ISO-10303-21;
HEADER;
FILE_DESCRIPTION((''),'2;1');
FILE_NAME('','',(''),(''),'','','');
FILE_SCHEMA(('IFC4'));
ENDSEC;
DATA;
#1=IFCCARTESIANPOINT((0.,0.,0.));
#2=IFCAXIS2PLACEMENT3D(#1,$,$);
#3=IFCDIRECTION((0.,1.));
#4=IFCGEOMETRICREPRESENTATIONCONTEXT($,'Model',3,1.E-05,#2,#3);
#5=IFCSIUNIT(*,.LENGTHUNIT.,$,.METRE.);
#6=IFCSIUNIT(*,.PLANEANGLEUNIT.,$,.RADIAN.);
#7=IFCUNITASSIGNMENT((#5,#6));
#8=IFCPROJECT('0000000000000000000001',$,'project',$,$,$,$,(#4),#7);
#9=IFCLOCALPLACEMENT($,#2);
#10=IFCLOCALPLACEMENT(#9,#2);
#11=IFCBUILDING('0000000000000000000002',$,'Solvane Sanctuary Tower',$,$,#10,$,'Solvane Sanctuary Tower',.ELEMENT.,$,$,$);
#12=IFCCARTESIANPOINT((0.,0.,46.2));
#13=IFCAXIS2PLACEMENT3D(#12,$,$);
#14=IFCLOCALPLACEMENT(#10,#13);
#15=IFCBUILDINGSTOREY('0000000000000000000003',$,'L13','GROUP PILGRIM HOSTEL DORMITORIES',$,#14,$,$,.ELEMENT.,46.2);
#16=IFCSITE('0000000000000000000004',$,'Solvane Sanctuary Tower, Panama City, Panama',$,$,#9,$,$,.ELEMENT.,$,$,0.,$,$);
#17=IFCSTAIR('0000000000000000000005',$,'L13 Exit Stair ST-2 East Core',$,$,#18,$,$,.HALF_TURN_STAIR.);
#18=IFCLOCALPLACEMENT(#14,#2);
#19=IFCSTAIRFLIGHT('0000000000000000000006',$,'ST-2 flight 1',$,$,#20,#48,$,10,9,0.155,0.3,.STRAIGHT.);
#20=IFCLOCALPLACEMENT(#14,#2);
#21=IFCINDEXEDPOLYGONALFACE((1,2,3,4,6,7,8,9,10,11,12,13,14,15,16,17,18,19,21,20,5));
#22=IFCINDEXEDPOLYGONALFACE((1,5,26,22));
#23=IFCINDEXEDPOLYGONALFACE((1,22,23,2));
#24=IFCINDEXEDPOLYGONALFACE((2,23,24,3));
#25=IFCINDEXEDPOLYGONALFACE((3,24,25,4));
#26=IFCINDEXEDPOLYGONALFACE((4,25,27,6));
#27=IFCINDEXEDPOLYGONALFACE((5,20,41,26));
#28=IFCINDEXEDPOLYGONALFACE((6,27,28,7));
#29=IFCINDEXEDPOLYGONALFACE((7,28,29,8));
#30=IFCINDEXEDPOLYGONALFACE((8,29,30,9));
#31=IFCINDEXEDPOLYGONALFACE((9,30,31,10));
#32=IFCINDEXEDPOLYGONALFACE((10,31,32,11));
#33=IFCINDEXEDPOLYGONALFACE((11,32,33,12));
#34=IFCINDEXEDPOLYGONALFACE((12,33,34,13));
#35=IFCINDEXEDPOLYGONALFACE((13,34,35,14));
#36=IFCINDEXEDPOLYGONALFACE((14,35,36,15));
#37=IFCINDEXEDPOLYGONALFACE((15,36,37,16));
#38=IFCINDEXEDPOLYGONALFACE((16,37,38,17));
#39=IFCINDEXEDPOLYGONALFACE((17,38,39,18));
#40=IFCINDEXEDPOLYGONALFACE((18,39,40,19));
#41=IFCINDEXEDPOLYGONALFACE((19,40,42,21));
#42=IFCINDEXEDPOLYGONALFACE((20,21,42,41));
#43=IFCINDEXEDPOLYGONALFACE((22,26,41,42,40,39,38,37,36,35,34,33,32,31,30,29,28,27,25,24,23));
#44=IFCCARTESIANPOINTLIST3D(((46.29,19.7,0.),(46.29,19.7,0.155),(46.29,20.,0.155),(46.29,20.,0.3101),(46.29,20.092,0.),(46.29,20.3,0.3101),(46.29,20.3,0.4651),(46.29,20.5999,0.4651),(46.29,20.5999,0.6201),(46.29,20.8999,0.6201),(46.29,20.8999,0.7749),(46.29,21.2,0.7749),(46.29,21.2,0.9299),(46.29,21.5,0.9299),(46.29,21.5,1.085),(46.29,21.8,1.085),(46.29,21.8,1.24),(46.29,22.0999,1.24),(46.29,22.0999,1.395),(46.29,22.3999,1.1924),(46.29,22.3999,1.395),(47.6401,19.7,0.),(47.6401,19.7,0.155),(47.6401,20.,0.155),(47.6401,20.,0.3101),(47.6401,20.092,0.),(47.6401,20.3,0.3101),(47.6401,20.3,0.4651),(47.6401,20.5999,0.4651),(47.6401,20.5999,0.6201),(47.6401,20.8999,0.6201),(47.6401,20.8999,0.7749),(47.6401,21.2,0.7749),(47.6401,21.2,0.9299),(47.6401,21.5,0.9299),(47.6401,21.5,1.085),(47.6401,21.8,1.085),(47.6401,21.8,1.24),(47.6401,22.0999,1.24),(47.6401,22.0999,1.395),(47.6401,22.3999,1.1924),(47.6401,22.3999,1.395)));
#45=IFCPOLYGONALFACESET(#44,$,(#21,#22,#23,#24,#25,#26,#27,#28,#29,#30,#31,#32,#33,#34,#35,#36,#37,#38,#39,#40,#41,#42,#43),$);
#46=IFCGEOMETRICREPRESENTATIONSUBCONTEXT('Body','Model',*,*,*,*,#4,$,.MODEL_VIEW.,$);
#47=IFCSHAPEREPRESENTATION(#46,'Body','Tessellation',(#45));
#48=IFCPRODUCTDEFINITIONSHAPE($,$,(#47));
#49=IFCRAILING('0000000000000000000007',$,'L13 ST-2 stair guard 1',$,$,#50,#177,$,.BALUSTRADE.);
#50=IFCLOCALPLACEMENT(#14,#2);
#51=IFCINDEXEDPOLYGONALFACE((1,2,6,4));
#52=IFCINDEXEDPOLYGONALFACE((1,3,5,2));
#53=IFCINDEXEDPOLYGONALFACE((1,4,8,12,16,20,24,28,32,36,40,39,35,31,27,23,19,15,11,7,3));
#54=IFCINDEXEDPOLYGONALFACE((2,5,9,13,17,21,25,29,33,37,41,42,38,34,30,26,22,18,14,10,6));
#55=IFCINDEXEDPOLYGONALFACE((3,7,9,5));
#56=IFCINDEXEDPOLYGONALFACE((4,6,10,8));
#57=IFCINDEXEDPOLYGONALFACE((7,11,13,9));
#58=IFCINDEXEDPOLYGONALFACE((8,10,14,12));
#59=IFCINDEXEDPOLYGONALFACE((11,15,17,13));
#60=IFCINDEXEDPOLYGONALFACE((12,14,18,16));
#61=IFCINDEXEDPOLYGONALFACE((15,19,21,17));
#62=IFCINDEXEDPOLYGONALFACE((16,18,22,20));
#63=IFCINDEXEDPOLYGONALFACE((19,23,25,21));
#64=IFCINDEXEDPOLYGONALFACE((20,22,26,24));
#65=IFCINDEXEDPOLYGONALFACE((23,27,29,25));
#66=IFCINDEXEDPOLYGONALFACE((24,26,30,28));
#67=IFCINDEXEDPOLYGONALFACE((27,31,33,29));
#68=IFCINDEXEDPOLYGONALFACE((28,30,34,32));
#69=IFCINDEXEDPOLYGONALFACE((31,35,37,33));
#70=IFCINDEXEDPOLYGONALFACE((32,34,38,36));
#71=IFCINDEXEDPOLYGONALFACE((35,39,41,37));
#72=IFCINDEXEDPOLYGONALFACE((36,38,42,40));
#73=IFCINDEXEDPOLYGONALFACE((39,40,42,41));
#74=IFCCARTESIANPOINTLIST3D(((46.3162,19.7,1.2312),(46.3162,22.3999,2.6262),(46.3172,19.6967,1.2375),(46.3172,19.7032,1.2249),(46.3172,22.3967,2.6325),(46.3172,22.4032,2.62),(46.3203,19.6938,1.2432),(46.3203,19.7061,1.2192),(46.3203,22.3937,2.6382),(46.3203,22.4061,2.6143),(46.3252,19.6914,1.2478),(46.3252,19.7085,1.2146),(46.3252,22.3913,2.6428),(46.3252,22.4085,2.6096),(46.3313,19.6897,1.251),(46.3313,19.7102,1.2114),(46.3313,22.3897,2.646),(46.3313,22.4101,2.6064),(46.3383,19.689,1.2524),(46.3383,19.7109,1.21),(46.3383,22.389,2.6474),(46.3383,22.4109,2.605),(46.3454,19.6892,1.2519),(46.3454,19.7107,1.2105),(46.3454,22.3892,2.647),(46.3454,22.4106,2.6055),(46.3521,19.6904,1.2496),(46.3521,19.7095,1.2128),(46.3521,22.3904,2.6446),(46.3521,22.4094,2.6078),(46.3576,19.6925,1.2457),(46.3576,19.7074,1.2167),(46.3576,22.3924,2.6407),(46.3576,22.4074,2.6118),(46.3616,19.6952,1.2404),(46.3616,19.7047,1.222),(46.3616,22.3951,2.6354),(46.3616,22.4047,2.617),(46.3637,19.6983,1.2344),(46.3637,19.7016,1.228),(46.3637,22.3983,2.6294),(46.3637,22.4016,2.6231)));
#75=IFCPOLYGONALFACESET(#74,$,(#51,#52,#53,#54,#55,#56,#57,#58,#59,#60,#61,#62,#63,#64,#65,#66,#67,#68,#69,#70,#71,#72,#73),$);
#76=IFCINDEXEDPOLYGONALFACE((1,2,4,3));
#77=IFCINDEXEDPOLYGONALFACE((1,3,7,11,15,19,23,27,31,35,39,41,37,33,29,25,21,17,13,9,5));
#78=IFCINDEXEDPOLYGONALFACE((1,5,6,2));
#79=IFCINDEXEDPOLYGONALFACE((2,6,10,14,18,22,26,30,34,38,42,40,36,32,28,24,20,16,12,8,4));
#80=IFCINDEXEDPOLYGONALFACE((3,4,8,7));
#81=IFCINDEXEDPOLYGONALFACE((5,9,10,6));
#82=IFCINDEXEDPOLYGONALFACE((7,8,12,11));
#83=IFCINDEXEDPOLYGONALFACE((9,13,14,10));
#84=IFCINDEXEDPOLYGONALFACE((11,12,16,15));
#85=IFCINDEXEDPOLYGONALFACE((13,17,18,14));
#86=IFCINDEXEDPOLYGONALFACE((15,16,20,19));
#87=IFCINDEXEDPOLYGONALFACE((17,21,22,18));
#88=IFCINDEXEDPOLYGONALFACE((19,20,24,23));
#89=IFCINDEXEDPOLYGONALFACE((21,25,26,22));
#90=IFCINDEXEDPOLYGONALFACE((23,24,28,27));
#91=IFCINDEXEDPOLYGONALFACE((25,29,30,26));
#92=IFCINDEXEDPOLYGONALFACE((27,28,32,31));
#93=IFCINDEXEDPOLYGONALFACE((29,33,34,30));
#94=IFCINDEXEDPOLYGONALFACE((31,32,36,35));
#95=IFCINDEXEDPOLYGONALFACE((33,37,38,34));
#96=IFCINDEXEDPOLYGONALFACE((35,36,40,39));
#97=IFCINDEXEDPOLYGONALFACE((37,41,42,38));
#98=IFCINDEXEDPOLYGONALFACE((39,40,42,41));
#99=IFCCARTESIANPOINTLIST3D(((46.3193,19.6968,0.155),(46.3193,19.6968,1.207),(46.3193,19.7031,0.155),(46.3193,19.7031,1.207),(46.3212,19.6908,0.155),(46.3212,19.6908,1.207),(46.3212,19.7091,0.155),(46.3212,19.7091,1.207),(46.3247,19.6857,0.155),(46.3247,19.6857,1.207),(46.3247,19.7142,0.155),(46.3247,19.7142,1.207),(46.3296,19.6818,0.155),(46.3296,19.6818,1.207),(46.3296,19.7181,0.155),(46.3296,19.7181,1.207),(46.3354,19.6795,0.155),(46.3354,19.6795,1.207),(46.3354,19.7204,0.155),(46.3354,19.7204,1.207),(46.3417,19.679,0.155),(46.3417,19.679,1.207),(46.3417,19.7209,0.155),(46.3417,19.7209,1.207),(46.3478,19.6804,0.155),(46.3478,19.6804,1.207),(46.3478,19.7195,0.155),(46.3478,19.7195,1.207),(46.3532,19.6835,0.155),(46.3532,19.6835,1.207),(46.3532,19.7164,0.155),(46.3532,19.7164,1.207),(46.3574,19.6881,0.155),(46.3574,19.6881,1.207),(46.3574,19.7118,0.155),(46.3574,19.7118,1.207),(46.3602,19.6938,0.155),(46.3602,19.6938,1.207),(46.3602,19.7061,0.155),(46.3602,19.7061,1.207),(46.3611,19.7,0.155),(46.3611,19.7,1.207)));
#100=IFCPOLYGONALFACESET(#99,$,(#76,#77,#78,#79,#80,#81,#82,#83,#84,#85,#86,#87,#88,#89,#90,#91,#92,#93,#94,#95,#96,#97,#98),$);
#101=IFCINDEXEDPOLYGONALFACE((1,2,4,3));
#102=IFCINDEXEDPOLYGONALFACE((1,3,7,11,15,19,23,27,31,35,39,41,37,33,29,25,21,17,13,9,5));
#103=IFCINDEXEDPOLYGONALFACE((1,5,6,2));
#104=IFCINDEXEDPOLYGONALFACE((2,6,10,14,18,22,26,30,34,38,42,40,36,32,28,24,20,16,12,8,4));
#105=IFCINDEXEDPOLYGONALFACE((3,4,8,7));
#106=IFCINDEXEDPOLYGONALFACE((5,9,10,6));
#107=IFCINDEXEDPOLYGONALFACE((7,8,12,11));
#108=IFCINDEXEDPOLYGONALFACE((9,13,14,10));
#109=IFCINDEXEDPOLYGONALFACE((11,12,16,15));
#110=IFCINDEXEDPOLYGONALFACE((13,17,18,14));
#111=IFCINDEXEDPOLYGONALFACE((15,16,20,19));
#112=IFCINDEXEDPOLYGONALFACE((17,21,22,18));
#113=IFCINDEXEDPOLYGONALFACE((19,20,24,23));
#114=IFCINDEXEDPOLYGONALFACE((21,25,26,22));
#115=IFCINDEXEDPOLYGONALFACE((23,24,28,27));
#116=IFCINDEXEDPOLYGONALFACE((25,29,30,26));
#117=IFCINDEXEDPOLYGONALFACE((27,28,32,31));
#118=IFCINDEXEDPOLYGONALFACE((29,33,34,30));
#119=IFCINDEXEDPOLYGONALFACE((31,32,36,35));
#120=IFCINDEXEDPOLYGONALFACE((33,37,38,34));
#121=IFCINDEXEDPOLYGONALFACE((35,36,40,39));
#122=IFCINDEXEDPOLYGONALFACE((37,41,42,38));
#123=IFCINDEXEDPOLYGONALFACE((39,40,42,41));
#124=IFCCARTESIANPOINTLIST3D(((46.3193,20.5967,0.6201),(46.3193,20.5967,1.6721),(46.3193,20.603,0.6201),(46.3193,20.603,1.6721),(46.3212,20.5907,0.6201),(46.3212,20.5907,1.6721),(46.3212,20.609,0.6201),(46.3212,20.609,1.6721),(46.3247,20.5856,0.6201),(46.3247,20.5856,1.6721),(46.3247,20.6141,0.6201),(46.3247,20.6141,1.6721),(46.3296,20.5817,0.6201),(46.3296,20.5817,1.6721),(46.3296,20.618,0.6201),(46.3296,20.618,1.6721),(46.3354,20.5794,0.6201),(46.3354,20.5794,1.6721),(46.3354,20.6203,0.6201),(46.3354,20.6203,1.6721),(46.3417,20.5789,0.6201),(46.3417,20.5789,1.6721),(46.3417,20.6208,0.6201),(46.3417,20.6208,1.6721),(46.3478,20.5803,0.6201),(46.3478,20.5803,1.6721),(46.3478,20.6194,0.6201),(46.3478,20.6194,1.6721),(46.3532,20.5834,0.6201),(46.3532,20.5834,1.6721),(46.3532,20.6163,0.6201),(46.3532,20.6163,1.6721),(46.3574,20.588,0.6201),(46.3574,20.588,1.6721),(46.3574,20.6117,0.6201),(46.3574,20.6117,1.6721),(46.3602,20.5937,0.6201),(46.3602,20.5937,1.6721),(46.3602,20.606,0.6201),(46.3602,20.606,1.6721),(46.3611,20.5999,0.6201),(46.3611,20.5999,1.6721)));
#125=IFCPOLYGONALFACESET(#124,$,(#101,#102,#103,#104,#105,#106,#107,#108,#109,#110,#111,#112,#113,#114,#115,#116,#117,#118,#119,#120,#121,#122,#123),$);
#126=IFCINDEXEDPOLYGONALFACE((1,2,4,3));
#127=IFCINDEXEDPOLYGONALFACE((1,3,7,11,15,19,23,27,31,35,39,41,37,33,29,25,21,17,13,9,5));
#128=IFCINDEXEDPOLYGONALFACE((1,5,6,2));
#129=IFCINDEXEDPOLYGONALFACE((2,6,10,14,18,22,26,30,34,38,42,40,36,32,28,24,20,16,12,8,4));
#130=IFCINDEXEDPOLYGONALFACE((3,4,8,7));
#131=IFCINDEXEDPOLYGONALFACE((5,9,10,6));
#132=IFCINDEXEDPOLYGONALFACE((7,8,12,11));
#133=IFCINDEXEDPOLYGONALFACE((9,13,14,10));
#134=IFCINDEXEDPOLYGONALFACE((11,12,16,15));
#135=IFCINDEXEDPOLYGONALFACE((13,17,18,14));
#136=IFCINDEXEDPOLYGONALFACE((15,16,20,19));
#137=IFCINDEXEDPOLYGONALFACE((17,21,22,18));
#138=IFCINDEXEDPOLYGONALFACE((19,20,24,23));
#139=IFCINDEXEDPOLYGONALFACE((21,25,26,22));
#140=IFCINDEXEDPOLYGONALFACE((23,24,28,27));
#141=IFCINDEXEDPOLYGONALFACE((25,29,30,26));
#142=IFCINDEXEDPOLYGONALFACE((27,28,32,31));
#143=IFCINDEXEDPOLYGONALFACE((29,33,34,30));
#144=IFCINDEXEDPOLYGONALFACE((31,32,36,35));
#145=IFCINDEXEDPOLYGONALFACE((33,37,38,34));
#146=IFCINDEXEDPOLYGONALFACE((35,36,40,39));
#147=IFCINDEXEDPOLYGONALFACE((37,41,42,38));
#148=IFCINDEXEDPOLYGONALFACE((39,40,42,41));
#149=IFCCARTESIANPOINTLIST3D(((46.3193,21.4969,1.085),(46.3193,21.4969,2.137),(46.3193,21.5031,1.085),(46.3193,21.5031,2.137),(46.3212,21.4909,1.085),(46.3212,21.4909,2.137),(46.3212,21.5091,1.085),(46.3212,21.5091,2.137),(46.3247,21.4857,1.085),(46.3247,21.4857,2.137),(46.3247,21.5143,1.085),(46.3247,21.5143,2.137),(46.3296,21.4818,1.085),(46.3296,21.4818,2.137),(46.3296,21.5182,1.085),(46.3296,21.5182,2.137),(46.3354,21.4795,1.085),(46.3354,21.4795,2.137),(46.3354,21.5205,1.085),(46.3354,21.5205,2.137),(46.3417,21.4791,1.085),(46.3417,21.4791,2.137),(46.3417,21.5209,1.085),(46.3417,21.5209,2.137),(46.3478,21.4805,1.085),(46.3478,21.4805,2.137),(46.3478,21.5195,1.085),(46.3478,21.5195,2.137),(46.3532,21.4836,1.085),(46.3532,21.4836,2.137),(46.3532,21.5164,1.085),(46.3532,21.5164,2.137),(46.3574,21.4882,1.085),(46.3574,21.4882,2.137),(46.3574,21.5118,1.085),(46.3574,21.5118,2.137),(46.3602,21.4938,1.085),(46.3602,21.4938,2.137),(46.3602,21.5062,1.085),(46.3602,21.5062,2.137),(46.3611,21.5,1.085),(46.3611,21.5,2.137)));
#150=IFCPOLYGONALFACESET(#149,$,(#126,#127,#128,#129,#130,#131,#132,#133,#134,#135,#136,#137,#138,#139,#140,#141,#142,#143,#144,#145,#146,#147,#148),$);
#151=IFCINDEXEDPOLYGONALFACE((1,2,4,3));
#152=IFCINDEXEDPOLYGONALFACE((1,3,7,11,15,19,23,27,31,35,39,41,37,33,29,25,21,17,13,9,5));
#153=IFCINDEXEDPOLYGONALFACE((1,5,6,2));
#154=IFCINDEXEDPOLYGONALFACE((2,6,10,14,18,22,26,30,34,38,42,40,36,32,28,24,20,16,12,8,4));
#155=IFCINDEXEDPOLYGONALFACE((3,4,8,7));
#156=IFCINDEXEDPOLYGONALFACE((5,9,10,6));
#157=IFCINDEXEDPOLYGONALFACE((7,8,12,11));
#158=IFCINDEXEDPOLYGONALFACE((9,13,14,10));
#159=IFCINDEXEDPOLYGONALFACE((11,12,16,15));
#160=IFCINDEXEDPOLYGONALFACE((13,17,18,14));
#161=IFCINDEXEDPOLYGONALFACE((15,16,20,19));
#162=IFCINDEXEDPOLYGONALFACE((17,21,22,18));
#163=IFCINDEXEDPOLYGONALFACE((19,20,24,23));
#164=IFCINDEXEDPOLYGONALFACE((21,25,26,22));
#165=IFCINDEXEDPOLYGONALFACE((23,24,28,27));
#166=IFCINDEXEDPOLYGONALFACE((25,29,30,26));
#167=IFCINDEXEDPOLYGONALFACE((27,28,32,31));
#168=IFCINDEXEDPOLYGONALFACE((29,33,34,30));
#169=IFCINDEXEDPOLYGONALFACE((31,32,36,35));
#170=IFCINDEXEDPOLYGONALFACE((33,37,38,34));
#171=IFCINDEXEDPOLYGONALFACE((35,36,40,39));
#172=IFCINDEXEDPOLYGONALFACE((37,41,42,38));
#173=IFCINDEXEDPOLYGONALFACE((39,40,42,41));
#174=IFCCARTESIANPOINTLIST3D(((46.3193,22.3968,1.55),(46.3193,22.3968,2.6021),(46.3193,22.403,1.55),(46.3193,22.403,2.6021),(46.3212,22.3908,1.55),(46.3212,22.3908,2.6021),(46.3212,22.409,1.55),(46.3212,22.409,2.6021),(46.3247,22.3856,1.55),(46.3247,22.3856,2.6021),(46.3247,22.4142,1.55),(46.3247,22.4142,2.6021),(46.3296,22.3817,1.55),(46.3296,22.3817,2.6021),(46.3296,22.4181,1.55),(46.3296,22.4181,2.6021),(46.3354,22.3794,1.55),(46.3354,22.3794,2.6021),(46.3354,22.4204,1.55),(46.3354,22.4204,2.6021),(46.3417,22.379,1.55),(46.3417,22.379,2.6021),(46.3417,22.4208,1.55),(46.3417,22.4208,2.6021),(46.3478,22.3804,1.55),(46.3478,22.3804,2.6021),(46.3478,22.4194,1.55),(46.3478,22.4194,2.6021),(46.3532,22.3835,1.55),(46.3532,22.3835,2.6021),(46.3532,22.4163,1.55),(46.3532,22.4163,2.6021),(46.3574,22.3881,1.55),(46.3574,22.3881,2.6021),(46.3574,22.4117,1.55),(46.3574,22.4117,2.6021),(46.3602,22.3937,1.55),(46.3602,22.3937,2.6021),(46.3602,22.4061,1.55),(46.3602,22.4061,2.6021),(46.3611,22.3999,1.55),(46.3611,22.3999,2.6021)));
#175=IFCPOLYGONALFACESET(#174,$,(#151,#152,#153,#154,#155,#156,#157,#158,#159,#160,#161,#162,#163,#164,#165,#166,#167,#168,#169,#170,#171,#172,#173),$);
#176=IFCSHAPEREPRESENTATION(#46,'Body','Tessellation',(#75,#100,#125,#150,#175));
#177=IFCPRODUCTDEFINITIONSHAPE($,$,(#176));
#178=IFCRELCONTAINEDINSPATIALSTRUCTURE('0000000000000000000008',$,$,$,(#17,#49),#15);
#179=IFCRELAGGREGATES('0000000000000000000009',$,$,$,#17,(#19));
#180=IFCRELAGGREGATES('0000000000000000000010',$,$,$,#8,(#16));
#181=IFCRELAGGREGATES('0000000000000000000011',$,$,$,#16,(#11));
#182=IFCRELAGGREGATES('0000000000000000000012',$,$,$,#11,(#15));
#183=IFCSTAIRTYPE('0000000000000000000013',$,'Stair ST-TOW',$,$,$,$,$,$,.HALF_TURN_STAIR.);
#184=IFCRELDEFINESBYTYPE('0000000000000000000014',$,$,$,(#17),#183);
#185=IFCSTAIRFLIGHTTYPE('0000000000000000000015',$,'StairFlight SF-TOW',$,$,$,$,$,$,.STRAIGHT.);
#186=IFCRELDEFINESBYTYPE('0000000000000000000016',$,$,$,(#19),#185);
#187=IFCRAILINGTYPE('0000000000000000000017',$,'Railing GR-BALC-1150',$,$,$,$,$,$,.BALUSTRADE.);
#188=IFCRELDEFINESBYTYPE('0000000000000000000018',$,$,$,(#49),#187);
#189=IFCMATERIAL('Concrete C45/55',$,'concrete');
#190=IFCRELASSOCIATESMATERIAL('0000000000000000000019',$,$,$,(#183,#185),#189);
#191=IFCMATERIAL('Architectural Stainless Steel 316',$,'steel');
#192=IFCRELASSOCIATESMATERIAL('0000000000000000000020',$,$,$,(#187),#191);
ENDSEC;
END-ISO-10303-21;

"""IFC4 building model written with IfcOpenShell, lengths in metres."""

from ifc_helpers import new_model, si_unit, direction, frame, origin, origin_2d, place, context, subcontext, project, spatial, polyline, circle, outline, extrude, material, type_object, element, aggregate, save


model = new_model("IFC4")

# Units and contexts
model_context = context("Model", 3, precision=1e-05, world=origin(), true_north=direction((0.0, 1.0)))
body_context = subcontext(model_context, "Body", "Model", "MODEL_VIEW")
ifc_project = project(units=[si_unit("LENGTHUNIT", "METRE"), si_unit("PLANEANGLEUNIT", "RADIAN")], contexts=[model_context])

# Site, building, storey
site_placement = place(None, origin())
site = spatial("IfcSite", under=ifc_project, at=site_placement, Name="Solvane Sanctuary Tower, Panama City, Panama", CompositionType="ELEMENT", RefElevation=0.0)
building_placement = place(site_placement, origin())
building = spatial("IfcBuilding", under=site, at=building_placement, Name="Solvane Sanctuary Tower", LongName="Solvane Sanctuary Tower", CompositionType="ELEMENT")
storey_placement = place(building_placement, frame((0.0, 0.0, 46.2)))
storey = spatial("IfcBuildingStorey", under=building, at=storey_placement, Name="L13", Description="GROUP PILGRIM HOSTEL DORMITORIES", CompositionType="ELEMENT", Elevation=46.2)

# Shared definitions
ifc_material_1 = material(Name="Architectural Stainless Steel 316", Category="steel")

# Stair, stair flight
ifc_material_2 = material(Name="Concrete C45/55", Category="concrete")
stair_type = type_object("IfcStairType", Name="Stair ST-TOW", PredefinedType="HALF_TURN_STAIR", material=ifc_material_2)
stair_placement = place(storey_placement, origin())
stair = element("IfcStair", 1, at=stair_placement, inside=storey, type_object=stair_type, Name="L13 Exit Stair ST-2 East Core", PredefinedType="HALF_TURN_STAIR")
stair_flight_type = type_object("IfcStairFlightType", Name="StairFlight SF-TOW", PredefinedType="STRAIGHT", material=ifc_material_2)
stair_flight_placement = place(storey_placement, frame((46.9651, 19.7, 0.0), z_axis=(0.0, 0.0, 1.0), x_axis=(0.0, 1.0, 0.0)))
stair_flight = element("IfcStairFlight", 2, at=stair_flight_placement, type_object=stair_flight_type, Name="ST-2 flight 1", NumberOfRisers=10, NumberOfTreads=9, PredefinedType="STRAIGHT", RiserHeight=0.155, TreadLength=0.3, context=body_context, shape_type="SweptSolid", body=[
    extrude(outline(polyline([(0.0, 0.0), (0.0, 0.155), (0.3, 0.155), (0.3, 0.3101), (0.6001, 0.3101), (0.6001, 0.4651), (0.8999, 0.4651), (0.8999, 0.6201), (1.2, 0.6201), (1.2, 0.7749), (1.5, 0.7749), (1.5, 0.9299), (1.8, 0.9299), (1.8, 1.085), (2.1001, 1.085), (2.1001, 1.24), (2.3999, 1.24), (2.3999, 1.395), (2.7, 1.395), (2.7, 1.55), (2.7, 1.1924), (0.3921, 0.0), (0.0, 0.0)])), frame((0.0, 0.675, 0.0), z_axis=(0.0, -1.0, 0.0), x_axis=(1.0, 0.0, 0.0)), (0.0, 0.0, 1.0), 1.3501),
])
aggregate(stair, [stair_flight])

# Railing
railing_type_1 = type_object("IfcRailingType", Name="Railing GR-BALC-1150", PredefinedType="BALUSTRADE", material=ifc_material_1)
railing_1_placement = place(storey_placement, frame((46.3401, 19.7, 0.155)))
element("IfcRailing", 3, at=railing_1_placement, inside=storey, type_object=railing_type_1, Name="L13 ST-2 stair guard 1", PredefinedType="BALUSTRADE", context=body_context, shape_type="SweptSolid", body=[
    extrude(circle(Radius=0.0239, at=origin_2d()), frame((0.0, 0.0, 1.0762), z_axis=(0.0, 0.88842, 0.459032), x_axis=(-1.0, 0.0, 0.0)), (0.0, 0.0, 1.0), 3.0391),
    extrude(circle(Radius=0.021, at=origin_2d()), origin(), (0.0, 0.0, 1.0), 1.052),
    extrude(circle(Radius=0.021, at=origin_2d()), frame((0.0, 0.8999, 0.4651)), (0.0, 0.0, 1.0), 1.052),
    extrude(circle(Radius=0.021, at=origin_2d()), frame((0.0, 1.8, 0.9299)), (0.0, 0.0, 1.0), 1.052),
    extrude(circle(Radius=0.021, at=origin_2d()), frame((0.0, 2.7, 1.395)), (0.0, 0.0, 1.0), 1.052),
])

save(model, "model.ifc")
